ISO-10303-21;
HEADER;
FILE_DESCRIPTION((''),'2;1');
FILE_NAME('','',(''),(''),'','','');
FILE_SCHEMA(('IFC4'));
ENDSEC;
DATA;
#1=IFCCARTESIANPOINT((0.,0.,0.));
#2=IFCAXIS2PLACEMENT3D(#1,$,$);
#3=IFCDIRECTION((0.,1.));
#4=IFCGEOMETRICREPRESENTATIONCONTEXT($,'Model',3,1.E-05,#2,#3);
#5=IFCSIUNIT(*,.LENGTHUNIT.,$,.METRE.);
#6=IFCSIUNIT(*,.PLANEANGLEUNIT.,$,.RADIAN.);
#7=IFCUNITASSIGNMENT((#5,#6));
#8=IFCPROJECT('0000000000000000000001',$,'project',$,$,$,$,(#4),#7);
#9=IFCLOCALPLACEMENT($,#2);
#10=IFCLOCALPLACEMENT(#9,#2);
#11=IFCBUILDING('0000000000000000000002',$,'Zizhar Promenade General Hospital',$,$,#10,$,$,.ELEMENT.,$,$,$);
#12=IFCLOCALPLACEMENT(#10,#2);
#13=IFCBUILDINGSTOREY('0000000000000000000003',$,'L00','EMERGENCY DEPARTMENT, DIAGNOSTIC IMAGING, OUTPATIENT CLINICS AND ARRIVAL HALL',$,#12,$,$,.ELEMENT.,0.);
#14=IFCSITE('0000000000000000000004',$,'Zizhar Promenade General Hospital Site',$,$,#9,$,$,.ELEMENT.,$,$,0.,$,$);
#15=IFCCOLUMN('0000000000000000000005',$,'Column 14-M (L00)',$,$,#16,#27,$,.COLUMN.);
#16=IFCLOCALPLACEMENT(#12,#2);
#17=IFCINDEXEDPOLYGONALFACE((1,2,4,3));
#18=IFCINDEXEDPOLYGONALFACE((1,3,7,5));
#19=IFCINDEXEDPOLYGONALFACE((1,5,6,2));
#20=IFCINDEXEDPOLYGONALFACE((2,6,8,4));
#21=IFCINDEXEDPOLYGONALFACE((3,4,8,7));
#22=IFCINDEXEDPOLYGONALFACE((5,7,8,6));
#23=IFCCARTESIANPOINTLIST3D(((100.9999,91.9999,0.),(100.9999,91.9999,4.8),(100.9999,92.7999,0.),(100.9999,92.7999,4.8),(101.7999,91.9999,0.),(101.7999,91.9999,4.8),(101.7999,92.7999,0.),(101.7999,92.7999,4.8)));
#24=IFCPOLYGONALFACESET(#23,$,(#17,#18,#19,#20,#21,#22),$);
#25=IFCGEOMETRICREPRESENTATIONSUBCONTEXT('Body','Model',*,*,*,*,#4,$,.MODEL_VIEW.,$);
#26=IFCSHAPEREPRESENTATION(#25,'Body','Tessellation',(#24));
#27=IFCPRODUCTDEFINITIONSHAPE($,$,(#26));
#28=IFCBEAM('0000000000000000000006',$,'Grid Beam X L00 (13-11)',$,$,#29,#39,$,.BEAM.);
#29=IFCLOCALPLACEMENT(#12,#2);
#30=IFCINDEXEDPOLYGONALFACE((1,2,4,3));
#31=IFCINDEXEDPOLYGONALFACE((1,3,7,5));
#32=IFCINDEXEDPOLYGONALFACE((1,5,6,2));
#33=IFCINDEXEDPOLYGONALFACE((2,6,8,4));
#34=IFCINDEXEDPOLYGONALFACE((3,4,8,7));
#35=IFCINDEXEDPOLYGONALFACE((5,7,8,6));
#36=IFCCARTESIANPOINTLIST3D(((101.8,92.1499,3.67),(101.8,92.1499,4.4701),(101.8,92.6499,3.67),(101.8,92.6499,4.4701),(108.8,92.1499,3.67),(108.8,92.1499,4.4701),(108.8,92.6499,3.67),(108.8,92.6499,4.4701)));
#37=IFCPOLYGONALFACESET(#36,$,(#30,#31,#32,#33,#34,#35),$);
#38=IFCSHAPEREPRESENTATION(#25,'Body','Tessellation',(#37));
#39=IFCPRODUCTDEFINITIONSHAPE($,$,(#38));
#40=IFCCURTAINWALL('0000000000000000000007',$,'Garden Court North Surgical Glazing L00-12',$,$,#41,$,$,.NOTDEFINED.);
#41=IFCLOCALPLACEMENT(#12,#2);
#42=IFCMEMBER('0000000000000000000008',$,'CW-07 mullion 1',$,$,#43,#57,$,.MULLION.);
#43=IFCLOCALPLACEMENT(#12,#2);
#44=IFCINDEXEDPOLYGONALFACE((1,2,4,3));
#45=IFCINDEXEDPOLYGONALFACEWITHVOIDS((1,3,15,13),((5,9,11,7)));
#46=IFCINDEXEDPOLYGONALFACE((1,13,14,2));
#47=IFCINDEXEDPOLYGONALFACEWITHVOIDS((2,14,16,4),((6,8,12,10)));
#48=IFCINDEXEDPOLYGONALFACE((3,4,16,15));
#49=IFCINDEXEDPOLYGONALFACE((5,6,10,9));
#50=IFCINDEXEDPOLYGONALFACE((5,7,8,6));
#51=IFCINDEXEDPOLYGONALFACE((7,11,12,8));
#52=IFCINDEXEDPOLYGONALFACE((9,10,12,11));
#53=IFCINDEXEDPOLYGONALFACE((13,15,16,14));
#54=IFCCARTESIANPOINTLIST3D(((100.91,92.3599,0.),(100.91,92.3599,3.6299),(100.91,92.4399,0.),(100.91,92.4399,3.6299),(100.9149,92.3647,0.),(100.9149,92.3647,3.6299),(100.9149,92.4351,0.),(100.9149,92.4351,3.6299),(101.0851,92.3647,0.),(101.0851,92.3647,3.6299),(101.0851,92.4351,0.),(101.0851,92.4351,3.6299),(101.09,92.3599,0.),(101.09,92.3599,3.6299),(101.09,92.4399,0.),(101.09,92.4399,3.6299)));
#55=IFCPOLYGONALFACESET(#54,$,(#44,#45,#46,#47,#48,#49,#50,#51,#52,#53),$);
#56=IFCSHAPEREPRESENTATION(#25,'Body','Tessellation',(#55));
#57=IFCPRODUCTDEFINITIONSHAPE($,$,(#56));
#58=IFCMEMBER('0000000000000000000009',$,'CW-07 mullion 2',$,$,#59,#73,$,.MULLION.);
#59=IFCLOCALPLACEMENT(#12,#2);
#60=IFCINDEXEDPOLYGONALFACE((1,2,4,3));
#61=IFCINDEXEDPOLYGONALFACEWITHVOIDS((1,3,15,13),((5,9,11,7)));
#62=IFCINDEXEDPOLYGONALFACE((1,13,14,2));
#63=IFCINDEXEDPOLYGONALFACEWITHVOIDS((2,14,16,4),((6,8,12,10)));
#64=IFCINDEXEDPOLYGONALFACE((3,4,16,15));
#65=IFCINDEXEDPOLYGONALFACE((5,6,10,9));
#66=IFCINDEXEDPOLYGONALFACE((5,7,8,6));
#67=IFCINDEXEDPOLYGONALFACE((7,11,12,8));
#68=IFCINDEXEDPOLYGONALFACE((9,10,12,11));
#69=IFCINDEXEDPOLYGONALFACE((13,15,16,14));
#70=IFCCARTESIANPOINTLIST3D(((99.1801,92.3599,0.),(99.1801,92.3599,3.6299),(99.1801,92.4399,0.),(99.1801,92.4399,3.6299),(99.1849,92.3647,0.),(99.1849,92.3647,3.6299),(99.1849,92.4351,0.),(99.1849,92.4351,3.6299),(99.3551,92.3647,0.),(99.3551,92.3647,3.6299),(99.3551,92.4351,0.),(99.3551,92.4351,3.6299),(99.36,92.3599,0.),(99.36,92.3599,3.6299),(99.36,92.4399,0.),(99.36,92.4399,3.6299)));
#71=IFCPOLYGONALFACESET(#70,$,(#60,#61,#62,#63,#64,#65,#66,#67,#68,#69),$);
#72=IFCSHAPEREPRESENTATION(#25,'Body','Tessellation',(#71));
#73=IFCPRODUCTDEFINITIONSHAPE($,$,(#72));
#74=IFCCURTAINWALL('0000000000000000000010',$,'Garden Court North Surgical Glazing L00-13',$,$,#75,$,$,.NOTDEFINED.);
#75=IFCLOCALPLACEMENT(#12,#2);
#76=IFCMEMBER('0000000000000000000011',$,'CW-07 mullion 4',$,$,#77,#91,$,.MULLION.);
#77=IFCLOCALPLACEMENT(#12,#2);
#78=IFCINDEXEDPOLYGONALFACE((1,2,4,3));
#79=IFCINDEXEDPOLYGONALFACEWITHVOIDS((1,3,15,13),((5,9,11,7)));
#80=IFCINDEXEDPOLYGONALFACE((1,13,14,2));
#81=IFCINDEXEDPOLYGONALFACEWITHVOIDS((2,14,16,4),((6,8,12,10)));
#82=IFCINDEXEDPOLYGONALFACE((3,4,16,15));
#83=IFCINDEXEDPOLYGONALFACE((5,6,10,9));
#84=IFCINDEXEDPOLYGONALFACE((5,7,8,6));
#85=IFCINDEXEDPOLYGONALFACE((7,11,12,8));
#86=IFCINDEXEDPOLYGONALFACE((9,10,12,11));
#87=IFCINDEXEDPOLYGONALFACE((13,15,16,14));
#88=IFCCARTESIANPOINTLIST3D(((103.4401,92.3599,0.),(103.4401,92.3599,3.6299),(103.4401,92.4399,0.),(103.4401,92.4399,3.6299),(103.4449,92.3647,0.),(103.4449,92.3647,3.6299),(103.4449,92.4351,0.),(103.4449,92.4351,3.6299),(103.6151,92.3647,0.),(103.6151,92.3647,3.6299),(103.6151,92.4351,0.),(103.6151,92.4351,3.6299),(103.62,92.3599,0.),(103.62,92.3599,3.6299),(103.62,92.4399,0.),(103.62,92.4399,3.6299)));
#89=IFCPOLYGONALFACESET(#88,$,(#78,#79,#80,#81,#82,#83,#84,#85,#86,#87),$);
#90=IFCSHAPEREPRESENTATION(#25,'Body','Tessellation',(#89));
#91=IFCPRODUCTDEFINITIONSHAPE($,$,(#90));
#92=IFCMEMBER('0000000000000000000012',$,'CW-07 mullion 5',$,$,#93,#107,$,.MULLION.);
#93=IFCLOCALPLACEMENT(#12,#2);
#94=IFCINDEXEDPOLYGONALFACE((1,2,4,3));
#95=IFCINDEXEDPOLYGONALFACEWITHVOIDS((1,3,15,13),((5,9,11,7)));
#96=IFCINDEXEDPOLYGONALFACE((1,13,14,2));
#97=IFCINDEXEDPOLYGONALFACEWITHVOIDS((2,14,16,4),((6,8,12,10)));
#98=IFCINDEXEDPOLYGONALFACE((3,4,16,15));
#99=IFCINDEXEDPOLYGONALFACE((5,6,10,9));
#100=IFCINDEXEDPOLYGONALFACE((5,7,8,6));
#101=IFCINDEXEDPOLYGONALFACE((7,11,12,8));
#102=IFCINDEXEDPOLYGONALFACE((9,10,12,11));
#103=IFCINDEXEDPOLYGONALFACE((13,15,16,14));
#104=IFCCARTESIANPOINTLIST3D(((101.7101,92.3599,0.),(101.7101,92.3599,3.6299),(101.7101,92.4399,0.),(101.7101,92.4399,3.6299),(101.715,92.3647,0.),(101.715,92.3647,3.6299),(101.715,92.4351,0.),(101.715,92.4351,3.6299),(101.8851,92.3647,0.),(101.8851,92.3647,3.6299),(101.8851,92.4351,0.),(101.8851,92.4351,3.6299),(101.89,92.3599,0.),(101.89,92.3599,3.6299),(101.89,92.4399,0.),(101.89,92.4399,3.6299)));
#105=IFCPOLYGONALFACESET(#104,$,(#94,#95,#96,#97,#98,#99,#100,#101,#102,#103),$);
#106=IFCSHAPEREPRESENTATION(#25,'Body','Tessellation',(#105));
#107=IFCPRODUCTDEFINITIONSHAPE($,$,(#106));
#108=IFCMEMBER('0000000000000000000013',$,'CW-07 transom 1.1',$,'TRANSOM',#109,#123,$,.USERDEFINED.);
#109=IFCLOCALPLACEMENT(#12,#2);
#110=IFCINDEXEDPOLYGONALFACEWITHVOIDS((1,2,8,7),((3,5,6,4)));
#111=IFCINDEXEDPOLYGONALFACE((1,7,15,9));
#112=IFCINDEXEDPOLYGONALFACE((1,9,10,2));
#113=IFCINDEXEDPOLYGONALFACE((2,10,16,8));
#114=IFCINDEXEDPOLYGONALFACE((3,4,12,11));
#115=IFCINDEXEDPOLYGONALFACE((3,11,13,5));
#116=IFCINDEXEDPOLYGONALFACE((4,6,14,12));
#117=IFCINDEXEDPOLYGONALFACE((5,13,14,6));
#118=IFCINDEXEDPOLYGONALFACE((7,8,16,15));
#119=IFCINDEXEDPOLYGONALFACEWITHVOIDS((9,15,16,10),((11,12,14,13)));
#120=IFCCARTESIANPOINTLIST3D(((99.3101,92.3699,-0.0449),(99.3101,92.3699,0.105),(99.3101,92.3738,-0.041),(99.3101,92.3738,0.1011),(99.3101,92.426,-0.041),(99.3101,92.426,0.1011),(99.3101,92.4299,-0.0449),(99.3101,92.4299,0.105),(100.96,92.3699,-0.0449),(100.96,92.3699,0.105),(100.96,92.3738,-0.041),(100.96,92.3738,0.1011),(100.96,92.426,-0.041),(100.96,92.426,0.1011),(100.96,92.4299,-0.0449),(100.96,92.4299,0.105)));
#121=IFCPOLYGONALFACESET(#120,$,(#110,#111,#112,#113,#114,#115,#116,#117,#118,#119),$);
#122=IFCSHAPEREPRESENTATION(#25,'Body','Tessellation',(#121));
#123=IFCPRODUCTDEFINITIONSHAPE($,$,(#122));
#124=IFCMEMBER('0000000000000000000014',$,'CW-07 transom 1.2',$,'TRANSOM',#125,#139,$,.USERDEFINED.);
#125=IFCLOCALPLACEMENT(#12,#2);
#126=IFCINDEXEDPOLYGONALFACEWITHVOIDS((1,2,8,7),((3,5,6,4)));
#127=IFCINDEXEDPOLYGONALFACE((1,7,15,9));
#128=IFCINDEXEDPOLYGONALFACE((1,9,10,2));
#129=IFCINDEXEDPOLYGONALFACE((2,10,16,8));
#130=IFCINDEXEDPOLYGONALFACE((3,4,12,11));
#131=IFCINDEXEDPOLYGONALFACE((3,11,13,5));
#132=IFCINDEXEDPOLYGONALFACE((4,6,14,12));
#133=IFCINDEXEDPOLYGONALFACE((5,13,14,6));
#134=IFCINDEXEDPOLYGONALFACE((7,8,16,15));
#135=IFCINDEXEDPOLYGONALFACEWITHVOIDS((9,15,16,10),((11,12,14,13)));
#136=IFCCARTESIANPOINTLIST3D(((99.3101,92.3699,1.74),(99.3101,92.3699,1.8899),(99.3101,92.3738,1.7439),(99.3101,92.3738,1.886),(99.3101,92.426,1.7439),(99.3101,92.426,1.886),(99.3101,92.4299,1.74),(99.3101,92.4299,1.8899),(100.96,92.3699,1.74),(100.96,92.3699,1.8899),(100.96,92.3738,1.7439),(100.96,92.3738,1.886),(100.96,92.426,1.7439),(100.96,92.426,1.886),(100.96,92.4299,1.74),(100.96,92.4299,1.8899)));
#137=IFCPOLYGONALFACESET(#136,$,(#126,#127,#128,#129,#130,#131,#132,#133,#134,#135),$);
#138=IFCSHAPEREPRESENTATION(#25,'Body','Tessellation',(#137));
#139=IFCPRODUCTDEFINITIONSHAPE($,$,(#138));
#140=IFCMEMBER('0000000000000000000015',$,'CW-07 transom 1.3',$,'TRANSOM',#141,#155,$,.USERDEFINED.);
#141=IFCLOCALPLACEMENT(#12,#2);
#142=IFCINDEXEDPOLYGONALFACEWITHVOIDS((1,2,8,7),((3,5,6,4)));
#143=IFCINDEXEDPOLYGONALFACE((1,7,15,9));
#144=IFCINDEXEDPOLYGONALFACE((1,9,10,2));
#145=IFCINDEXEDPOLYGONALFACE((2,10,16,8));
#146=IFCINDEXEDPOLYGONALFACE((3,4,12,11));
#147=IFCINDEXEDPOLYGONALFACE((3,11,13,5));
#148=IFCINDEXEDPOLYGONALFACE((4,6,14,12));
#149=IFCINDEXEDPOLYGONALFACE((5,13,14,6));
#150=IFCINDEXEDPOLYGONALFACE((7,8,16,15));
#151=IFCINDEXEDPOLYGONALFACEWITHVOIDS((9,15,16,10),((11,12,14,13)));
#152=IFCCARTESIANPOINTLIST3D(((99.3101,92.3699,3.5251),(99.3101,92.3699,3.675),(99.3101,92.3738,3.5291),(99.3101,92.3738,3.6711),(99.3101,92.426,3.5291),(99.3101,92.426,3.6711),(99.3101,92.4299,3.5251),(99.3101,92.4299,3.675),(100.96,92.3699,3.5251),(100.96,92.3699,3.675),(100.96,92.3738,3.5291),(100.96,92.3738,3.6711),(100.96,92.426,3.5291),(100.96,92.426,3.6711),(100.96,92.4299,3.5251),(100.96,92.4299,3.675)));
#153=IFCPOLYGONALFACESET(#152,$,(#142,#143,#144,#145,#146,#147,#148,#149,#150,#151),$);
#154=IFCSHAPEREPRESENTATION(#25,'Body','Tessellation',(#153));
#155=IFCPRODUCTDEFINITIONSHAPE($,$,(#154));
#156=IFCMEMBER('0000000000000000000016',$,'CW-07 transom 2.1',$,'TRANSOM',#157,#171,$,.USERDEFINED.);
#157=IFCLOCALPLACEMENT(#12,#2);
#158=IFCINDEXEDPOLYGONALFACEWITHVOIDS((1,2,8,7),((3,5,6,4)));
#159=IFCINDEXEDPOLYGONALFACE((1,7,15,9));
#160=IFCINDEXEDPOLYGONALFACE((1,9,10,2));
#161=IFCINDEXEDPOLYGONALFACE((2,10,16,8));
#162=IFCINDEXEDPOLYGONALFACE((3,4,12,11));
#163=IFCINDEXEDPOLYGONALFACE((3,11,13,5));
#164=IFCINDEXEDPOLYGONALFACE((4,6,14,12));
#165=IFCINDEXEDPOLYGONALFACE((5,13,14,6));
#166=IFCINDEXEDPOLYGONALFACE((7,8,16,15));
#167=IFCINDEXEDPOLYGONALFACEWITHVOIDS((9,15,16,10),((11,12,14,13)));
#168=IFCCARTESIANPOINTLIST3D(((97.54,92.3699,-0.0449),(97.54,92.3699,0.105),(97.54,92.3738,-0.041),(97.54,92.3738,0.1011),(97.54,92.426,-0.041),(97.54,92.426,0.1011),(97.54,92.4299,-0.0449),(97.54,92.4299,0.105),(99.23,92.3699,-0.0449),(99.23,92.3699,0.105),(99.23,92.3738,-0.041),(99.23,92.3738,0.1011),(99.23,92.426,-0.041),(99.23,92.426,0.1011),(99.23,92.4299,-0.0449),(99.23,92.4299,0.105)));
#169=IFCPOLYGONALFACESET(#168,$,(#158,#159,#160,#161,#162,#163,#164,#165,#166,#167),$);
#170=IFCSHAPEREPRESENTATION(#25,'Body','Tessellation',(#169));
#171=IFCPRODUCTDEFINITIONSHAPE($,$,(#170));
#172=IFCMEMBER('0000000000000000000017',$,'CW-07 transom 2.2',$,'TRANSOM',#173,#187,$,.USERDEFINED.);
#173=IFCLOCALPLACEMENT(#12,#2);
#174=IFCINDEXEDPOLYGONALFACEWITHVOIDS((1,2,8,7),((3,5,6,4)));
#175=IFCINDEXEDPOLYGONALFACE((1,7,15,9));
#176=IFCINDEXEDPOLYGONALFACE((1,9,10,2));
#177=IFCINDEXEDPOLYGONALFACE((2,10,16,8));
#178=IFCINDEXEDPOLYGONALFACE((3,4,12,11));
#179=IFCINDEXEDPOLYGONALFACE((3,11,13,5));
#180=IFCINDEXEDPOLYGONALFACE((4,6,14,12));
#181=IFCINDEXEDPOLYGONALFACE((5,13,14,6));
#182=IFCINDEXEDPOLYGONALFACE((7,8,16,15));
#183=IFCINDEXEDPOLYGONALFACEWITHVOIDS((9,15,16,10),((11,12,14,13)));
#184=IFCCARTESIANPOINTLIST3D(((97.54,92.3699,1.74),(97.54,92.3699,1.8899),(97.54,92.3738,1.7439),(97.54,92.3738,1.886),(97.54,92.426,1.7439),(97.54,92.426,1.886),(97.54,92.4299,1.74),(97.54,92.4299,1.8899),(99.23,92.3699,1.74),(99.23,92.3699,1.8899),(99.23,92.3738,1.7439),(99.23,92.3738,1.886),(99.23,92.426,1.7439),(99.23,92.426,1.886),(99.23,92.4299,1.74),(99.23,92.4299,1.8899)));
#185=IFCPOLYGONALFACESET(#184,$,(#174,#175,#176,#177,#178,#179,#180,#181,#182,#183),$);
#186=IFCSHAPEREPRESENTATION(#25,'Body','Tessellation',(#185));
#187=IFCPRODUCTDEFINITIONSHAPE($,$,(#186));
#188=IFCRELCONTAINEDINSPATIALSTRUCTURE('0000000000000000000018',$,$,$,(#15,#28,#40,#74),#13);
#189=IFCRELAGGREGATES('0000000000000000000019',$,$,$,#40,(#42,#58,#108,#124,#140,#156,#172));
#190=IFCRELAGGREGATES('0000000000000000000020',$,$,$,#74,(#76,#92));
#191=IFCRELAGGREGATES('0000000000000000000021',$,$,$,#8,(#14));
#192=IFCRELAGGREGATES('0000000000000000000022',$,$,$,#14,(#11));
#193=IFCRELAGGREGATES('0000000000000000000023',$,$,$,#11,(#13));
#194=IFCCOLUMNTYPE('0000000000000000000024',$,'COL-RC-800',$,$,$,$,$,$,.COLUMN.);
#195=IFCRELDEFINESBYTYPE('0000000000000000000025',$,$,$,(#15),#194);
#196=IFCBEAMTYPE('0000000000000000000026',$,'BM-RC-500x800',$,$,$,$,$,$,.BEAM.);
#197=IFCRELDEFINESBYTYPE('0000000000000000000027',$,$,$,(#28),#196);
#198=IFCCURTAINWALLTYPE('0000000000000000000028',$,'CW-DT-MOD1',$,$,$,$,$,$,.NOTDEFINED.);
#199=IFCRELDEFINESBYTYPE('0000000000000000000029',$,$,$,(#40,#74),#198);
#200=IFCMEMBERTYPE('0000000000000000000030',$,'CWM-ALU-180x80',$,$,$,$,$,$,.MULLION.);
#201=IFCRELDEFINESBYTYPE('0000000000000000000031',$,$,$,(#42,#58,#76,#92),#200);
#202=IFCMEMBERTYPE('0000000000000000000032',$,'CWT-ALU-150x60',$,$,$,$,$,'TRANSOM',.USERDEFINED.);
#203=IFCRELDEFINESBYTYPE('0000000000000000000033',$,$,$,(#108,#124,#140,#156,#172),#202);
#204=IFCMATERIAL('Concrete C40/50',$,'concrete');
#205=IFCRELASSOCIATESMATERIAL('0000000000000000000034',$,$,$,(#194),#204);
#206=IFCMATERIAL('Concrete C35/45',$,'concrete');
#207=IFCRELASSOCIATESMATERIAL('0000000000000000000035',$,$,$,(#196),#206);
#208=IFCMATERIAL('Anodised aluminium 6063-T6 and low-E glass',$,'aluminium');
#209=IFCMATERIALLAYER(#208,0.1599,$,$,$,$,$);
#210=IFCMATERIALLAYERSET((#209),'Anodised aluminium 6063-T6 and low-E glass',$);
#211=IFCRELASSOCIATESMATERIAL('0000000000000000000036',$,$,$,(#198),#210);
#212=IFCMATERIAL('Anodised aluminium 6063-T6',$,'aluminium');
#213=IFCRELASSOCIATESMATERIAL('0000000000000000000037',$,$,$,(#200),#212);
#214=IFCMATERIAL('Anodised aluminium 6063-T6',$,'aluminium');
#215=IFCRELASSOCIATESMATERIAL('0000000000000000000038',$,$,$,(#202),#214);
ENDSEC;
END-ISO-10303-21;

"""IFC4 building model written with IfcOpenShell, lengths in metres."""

from ifc_helpers import new_model, si_unit, direction, frame, origin, origin_2d, place, context, subcontext, project, spatial, rectangle, hollow_rectangle, extrude, material, layer, layer_set, material_profile, profile_set, type_object, element, aggregate, save


model = new_model("IFC4")

# Units and contexts
model_context = context("Model", 3, precision=1e-05, world=origin(), true_north=direction((0.0, 1.0)))
body_context = subcontext(model_context, "Body", "Model", "MODEL_VIEW")
ifc_project = project(units=[si_unit("LENGTHUNIT", "METRE"), si_unit("PLANEANGLEUNIT", "RADIAN")], contexts=[model_context])

# Site, building, storey
site_placement = place(None, origin())
site = spatial("IfcSite", under=ifc_project, at=site_placement, Name="Zizhar Promenade General Hospital Site", CompositionType="ELEMENT", RefElevation=0.0)
building_placement = place(site_placement, origin())
building = spatial("IfcBuilding", under=site, at=building_placement, Name="Zizhar Promenade General Hospital", CompositionType="ELEMENT")
storey_placement = place(building_placement, origin())
storey = spatial("IfcBuildingStorey", under=building, at=storey_placement, Name="L00", Description="EMERGENCY DEPARTMENT, DIAGNOSTIC IMAGING, OUTPATIENT CLINICS AND ARRIVAL HALL", CompositionType="ELEMENT", Elevation=0.0)

# Column
ifc_material_1 = material(Name="Concrete C40/50", Category="concrete")
ifc_material_profile_1 = material_profile(ifc_material_1, rectangle(XDim=0.8, YDim=0.8, at=origin_2d()))
ifc_profile_set_1 = profile_set([ifc_material_profile_1], Name="Concrete C40/50")
column_type = type_object("IfcColumnType", Name="COL-RC-800", PredefinedType="COLUMN", material=ifc_profile_set_1)
column_placement = place(storey_placement, frame((101.3999, 92.3999, 0.0), z_axis=(0.0, 0.0, 1.0), x_axis=(1.0, 0.0, 0.0)))
element("IfcColumn", 1, at=column_placement, inside=storey, type_object=column_type, Name="Column 14-M (L00)", PredefinedType="COLUMN", context=body_context, shape_type="SweptSolid", body=[
    extrude(rectangle(XDim=0.8, YDim=0.8, at=origin_2d()), origin(), (0.0, 0.0, 1.0), 4.8),
])

# Beam
ifc_material_2 = material(Name="Concrete C35/45", Category="concrete")
ifc_material_profile_2 = material_profile(ifc_material_2, rectangle(XDim=0.5, YDim=0.8, at=origin_2d()))
ifc_profile_set_2 = profile_set([ifc_material_profile_2], Name="Concrete C35/45")
beam_type = type_object("IfcBeamType", Name="BM-RC-500x800", PredefinedType="BEAM", material=ifc_profile_set_2)
beam_placement = place(storey_placement, frame((101.8, 92.3999, 4.0701), z_axis=(1.0, 0.0, 0.0), x_axis=(0.0, 1.0, 0.0)))
element("IfcBeam", 2, at=beam_placement, inside=storey, type_object=beam_type, Name="Grid Beam X L00 (13-11)", PredefinedType="BEAM", context=body_context, shape_type="SweptSolid", body=[
    extrude(rectangle(XDim=0.5, YDim=0.8, at=origin_2d()), origin(), (0.0, 0.0, 1.0), 7.0),
])

# Curtain walls, members
ifc_material_3 = material(Name="Anodised aluminium 6063-T6 and low-E glass", Category="aluminium")
ifc_layer_1 = layer(ifc_material_3, 0.1599)
ifc_layer_set_1 = layer_set([ifc_layer_1], Name="Anodised aluminium 6063-T6 and low-E glass")
curtain_wall_type = type_object("IfcCurtainWallType", Name="CW-DT-MOD1", PredefinedType="NOTDEFINED", material=ifc_layer_set_1)
curtain_wall_1_placement = place(storey_placement, origin())
curtain_wall_1 = element("IfcCurtainWall", 3, at=curtain_wall_1_placement, inside=storey, type_object=curtain_wall_type, Name="Garden Court North Surgical Glazing L00-12", PredefinedType="NOTDEFINED")
ifc_material_4 = material(Name="Anodised aluminium 6063-T6", Category="aluminium")
ifc_material_profile_3 = material_profile(ifc_material_4, hollow_rectangle(XDim=0.0801, YDim=0.1799, WallThickness=0.0049, at=origin_2d()))
ifc_profile_set_3 = profile_set([ifc_material_profile_3], Name="Anodised aluminium 6063-T6")
member_type_1 = type_object("IfcMemberType", Name="CWM-ALU-180x80", PredefinedType="MULLION", material=ifc_profile_set_3)
member_1_placement = place(storey_placement, frame((101.0, 92.3999, 0.0), z_axis=(0.0, 0.0, 1.0), x_axis=(0.0, -1.0, 0.0)))
member_1 = element("IfcMember", 4, at=member_1_placement, type_object=member_type_1, Name="CW-07 mullion 1", PredefinedType="MULLION", context=body_context, shape_type="SweptSolid", body=[
    extrude(hollow_rectangle(XDim=0.0801, YDim=0.1799, WallThickness=0.0049, at=origin_2d()), origin(), (0.0, 0.0, 1.0), 3.6299),
])
member_2_placement = place(storey_placement, frame((99.27, 92.3999, 0.0), z_axis=(0.0, 0.0, 1.0), x_axis=(0.0, -1.0, 0.0)))
member_2 = element("IfcMember", 5, at=member_2_placement, type_object=member_type_1, Name="CW-07 mullion 2", PredefinedType="MULLION", context=body_context, shape_type="SweptSolid", body=[
    extrude(hollow_rectangle(XDim=0.0801, YDim=0.1799, WallThickness=0.0049, at=origin_2d()), origin(), (0.0, 0.0, 1.0), 3.6299),
])
curtain_wall_2_placement = place(storey_placement, origin())
curtain_wall_2 = element("IfcCurtainWall", 6, at=curtain_wall_2_placement, inside=storey, type_object=curtain_wall_type, Name="Garden Court North Surgical Glazing L00-13", PredefinedType="NOTDEFINED")
member_3_placement = place(storey_placement, frame((103.53, 92.3999, 0.0), z_axis=(0.0, 0.0, 1.0), x_axis=(0.0, -1.0, 0.0)))
member_3 = element("IfcMember", 7, at=member_3_placement, type_object=member_type_1, Name="CW-07 mullion 4", PredefinedType="MULLION", context=body_context, shape_type="SweptSolid", body=[
    extrude(hollow_rectangle(XDim=0.0801, YDim=0.1799, WallThickness=0.0049, at=origin_2d()), origin(), (0.0, 0.0, 1.0), 3.6299),
])
member_4_placement = place(storey_placement, frame((101.8, 92.3999, 0.0), z_axis=(0.0, 0.0, 1.0), x_axis=(0.0, -1.0, 0.0)))
member_4 = element("IfcMember", 8, at=member_4_placement, type_object=member_type_1, Name="CW-07 mullion 5", PredefinedType="MULLION", context=body_context, shape_type="SweptSolid", body=[
    extrude(hollow_rectangle(XDim=0.0801, YDim=0.1799, WallThickness=0.0049, at=origin_2d()), origin(), (0.0, 0.0, 1.0), 3.6299),
])

# Members
ifc_material_5 = material(Name="Anodised aluminium 6063-T6", Category="aluminium")
ifc_material_profile_4 = material_profile(ifc_material_5, hollow_rectangle(XDim=0.0601, YDim=0.1499, WallThickness=0.0039, at=origin_2d()))
ifc_profile_set_4 = profile_set([ifc_material_profile_4], Name="Anodised aluminium 6063-T6")
member_type_2 = type_object("IfcMemberType", Name="CWT-ALU-150x60", ElementType="TRANSOM", PredefinedType="USERDEFINED", material=ifc_profile_set_4)
member_5_placement = place(storey_placement, frame((100.96, 92.3999, 0.03), z_axis=(-1.0, 0.0, 0.0), x_axis=(0.0, -1.0, 0.0)))
member_5 = element("IfcMember", 9, at=member_5_placement, type_object=member_type_2, Name="CW-07 transom 1.1", ObjectType="TRANSOM", PredefinedType="USERDEFINED", context=body_context, shape_type="SweptSolid", body=[
    extrude(hollow_rectangle(XDim=0.0601, YDim=0.1499, WallThickness=0.0039, at=origin_2d()), origin(), (0.0, 0.0, 1.0), 1.6499),
])
member_6_placement = place(storey_placement, frame((100.96, 92.3999, 1.8149), z_axis=(-1.0, 0.0, 0.0), x_axis=(0.0, -1.0, 0.0)))
member_6 = element("IfcMember", 10, at=member_6_placement, type_object=member_type_2, Name="CW-07 transom 1.2", ObjectType="TRANSOM", PredefinedType="USERDEFINED", context=body_context, shape_type="SweptSolid", body=[
    extrude(hollow_rectangle(XDim=0.0601, YDim=0.1499, WallThickness=0.0039, at=origin_2d()), origin(), (0.0, 0.0, 1.0), 1.6499),
])
member_7_placement = place(storey_placement, frame((100.96, 92.3999, 3.6001), z_axis=(-1.0, 0.0, 0.0), x_axis=(0.0, -1.0, 0.0)))
member_7 = element("IfcMember", 11, at=member_7_placement, type_object=member_type_2, Name="CW-07 transom 1.3", ObjectType="TRANSOM", PredefinedType="USERDEFINED", context=body_context, shape_type="SweptSolid", body=[
    extrude(hollow_rectangle(XDim=0.0601, YDim=0.1499, WallThickness=0.0039, at=origin_2d()), origin(), (0.0, 0.0, 1.0), 1.6499),
])
member_8_placement = place(storey_placement, frame((99.23, 92.3999, 0.03), z_axis=(-1.0, 0.0, 0.0), x_axis=(0.0, -1.0, 0.0)))
member_8 = element("IfcMember", 12, at=member_8_placement, type_object=member_type_2, Name="CW-07 transom 2.1", ObjectType="TRANSOM", PredefinedType="USERDEFINED", context=body_context, shape_type="SweptSolid", body=[
    extrude(hollow_rectangle(XDim=0.0601, YDim=0.1499, WallThickness=0.0039, at=origin_2d()), origin(), (0.0, 0.0, 1.0), 1.6899),
])
member_9_placement = place(storey_placement, frame((99.23, 92.3999, 1.8149), z_axis=(-1.0, 0.0, 0.0), x_axis=(0.0, -1.0, 0.0)))
member_9 = element("IfcMember", 13, at=member_9_placement, type_object=member_type_2, Name="CW-07 transom 2.2", ObjectType="TRANSOM", PredefinedType="USERDEFINED", context=body_context, shape_type="SweptSolid", body=[
    extrude(hollow_rectangle(XDim=0.0601, YDim=0.1499, WallThickness=0.0039, at=origin_2d()), origin(), (0.0, 0.0, 1.0), 1.6899),
])

aggregate(curtain_wall_1, [member_1, member_2, member_5, member_6, member_7, member_8, member_9])
aggregate(curtain_wall_2, [member_3, member_4])

save(model, "model.ifc")
